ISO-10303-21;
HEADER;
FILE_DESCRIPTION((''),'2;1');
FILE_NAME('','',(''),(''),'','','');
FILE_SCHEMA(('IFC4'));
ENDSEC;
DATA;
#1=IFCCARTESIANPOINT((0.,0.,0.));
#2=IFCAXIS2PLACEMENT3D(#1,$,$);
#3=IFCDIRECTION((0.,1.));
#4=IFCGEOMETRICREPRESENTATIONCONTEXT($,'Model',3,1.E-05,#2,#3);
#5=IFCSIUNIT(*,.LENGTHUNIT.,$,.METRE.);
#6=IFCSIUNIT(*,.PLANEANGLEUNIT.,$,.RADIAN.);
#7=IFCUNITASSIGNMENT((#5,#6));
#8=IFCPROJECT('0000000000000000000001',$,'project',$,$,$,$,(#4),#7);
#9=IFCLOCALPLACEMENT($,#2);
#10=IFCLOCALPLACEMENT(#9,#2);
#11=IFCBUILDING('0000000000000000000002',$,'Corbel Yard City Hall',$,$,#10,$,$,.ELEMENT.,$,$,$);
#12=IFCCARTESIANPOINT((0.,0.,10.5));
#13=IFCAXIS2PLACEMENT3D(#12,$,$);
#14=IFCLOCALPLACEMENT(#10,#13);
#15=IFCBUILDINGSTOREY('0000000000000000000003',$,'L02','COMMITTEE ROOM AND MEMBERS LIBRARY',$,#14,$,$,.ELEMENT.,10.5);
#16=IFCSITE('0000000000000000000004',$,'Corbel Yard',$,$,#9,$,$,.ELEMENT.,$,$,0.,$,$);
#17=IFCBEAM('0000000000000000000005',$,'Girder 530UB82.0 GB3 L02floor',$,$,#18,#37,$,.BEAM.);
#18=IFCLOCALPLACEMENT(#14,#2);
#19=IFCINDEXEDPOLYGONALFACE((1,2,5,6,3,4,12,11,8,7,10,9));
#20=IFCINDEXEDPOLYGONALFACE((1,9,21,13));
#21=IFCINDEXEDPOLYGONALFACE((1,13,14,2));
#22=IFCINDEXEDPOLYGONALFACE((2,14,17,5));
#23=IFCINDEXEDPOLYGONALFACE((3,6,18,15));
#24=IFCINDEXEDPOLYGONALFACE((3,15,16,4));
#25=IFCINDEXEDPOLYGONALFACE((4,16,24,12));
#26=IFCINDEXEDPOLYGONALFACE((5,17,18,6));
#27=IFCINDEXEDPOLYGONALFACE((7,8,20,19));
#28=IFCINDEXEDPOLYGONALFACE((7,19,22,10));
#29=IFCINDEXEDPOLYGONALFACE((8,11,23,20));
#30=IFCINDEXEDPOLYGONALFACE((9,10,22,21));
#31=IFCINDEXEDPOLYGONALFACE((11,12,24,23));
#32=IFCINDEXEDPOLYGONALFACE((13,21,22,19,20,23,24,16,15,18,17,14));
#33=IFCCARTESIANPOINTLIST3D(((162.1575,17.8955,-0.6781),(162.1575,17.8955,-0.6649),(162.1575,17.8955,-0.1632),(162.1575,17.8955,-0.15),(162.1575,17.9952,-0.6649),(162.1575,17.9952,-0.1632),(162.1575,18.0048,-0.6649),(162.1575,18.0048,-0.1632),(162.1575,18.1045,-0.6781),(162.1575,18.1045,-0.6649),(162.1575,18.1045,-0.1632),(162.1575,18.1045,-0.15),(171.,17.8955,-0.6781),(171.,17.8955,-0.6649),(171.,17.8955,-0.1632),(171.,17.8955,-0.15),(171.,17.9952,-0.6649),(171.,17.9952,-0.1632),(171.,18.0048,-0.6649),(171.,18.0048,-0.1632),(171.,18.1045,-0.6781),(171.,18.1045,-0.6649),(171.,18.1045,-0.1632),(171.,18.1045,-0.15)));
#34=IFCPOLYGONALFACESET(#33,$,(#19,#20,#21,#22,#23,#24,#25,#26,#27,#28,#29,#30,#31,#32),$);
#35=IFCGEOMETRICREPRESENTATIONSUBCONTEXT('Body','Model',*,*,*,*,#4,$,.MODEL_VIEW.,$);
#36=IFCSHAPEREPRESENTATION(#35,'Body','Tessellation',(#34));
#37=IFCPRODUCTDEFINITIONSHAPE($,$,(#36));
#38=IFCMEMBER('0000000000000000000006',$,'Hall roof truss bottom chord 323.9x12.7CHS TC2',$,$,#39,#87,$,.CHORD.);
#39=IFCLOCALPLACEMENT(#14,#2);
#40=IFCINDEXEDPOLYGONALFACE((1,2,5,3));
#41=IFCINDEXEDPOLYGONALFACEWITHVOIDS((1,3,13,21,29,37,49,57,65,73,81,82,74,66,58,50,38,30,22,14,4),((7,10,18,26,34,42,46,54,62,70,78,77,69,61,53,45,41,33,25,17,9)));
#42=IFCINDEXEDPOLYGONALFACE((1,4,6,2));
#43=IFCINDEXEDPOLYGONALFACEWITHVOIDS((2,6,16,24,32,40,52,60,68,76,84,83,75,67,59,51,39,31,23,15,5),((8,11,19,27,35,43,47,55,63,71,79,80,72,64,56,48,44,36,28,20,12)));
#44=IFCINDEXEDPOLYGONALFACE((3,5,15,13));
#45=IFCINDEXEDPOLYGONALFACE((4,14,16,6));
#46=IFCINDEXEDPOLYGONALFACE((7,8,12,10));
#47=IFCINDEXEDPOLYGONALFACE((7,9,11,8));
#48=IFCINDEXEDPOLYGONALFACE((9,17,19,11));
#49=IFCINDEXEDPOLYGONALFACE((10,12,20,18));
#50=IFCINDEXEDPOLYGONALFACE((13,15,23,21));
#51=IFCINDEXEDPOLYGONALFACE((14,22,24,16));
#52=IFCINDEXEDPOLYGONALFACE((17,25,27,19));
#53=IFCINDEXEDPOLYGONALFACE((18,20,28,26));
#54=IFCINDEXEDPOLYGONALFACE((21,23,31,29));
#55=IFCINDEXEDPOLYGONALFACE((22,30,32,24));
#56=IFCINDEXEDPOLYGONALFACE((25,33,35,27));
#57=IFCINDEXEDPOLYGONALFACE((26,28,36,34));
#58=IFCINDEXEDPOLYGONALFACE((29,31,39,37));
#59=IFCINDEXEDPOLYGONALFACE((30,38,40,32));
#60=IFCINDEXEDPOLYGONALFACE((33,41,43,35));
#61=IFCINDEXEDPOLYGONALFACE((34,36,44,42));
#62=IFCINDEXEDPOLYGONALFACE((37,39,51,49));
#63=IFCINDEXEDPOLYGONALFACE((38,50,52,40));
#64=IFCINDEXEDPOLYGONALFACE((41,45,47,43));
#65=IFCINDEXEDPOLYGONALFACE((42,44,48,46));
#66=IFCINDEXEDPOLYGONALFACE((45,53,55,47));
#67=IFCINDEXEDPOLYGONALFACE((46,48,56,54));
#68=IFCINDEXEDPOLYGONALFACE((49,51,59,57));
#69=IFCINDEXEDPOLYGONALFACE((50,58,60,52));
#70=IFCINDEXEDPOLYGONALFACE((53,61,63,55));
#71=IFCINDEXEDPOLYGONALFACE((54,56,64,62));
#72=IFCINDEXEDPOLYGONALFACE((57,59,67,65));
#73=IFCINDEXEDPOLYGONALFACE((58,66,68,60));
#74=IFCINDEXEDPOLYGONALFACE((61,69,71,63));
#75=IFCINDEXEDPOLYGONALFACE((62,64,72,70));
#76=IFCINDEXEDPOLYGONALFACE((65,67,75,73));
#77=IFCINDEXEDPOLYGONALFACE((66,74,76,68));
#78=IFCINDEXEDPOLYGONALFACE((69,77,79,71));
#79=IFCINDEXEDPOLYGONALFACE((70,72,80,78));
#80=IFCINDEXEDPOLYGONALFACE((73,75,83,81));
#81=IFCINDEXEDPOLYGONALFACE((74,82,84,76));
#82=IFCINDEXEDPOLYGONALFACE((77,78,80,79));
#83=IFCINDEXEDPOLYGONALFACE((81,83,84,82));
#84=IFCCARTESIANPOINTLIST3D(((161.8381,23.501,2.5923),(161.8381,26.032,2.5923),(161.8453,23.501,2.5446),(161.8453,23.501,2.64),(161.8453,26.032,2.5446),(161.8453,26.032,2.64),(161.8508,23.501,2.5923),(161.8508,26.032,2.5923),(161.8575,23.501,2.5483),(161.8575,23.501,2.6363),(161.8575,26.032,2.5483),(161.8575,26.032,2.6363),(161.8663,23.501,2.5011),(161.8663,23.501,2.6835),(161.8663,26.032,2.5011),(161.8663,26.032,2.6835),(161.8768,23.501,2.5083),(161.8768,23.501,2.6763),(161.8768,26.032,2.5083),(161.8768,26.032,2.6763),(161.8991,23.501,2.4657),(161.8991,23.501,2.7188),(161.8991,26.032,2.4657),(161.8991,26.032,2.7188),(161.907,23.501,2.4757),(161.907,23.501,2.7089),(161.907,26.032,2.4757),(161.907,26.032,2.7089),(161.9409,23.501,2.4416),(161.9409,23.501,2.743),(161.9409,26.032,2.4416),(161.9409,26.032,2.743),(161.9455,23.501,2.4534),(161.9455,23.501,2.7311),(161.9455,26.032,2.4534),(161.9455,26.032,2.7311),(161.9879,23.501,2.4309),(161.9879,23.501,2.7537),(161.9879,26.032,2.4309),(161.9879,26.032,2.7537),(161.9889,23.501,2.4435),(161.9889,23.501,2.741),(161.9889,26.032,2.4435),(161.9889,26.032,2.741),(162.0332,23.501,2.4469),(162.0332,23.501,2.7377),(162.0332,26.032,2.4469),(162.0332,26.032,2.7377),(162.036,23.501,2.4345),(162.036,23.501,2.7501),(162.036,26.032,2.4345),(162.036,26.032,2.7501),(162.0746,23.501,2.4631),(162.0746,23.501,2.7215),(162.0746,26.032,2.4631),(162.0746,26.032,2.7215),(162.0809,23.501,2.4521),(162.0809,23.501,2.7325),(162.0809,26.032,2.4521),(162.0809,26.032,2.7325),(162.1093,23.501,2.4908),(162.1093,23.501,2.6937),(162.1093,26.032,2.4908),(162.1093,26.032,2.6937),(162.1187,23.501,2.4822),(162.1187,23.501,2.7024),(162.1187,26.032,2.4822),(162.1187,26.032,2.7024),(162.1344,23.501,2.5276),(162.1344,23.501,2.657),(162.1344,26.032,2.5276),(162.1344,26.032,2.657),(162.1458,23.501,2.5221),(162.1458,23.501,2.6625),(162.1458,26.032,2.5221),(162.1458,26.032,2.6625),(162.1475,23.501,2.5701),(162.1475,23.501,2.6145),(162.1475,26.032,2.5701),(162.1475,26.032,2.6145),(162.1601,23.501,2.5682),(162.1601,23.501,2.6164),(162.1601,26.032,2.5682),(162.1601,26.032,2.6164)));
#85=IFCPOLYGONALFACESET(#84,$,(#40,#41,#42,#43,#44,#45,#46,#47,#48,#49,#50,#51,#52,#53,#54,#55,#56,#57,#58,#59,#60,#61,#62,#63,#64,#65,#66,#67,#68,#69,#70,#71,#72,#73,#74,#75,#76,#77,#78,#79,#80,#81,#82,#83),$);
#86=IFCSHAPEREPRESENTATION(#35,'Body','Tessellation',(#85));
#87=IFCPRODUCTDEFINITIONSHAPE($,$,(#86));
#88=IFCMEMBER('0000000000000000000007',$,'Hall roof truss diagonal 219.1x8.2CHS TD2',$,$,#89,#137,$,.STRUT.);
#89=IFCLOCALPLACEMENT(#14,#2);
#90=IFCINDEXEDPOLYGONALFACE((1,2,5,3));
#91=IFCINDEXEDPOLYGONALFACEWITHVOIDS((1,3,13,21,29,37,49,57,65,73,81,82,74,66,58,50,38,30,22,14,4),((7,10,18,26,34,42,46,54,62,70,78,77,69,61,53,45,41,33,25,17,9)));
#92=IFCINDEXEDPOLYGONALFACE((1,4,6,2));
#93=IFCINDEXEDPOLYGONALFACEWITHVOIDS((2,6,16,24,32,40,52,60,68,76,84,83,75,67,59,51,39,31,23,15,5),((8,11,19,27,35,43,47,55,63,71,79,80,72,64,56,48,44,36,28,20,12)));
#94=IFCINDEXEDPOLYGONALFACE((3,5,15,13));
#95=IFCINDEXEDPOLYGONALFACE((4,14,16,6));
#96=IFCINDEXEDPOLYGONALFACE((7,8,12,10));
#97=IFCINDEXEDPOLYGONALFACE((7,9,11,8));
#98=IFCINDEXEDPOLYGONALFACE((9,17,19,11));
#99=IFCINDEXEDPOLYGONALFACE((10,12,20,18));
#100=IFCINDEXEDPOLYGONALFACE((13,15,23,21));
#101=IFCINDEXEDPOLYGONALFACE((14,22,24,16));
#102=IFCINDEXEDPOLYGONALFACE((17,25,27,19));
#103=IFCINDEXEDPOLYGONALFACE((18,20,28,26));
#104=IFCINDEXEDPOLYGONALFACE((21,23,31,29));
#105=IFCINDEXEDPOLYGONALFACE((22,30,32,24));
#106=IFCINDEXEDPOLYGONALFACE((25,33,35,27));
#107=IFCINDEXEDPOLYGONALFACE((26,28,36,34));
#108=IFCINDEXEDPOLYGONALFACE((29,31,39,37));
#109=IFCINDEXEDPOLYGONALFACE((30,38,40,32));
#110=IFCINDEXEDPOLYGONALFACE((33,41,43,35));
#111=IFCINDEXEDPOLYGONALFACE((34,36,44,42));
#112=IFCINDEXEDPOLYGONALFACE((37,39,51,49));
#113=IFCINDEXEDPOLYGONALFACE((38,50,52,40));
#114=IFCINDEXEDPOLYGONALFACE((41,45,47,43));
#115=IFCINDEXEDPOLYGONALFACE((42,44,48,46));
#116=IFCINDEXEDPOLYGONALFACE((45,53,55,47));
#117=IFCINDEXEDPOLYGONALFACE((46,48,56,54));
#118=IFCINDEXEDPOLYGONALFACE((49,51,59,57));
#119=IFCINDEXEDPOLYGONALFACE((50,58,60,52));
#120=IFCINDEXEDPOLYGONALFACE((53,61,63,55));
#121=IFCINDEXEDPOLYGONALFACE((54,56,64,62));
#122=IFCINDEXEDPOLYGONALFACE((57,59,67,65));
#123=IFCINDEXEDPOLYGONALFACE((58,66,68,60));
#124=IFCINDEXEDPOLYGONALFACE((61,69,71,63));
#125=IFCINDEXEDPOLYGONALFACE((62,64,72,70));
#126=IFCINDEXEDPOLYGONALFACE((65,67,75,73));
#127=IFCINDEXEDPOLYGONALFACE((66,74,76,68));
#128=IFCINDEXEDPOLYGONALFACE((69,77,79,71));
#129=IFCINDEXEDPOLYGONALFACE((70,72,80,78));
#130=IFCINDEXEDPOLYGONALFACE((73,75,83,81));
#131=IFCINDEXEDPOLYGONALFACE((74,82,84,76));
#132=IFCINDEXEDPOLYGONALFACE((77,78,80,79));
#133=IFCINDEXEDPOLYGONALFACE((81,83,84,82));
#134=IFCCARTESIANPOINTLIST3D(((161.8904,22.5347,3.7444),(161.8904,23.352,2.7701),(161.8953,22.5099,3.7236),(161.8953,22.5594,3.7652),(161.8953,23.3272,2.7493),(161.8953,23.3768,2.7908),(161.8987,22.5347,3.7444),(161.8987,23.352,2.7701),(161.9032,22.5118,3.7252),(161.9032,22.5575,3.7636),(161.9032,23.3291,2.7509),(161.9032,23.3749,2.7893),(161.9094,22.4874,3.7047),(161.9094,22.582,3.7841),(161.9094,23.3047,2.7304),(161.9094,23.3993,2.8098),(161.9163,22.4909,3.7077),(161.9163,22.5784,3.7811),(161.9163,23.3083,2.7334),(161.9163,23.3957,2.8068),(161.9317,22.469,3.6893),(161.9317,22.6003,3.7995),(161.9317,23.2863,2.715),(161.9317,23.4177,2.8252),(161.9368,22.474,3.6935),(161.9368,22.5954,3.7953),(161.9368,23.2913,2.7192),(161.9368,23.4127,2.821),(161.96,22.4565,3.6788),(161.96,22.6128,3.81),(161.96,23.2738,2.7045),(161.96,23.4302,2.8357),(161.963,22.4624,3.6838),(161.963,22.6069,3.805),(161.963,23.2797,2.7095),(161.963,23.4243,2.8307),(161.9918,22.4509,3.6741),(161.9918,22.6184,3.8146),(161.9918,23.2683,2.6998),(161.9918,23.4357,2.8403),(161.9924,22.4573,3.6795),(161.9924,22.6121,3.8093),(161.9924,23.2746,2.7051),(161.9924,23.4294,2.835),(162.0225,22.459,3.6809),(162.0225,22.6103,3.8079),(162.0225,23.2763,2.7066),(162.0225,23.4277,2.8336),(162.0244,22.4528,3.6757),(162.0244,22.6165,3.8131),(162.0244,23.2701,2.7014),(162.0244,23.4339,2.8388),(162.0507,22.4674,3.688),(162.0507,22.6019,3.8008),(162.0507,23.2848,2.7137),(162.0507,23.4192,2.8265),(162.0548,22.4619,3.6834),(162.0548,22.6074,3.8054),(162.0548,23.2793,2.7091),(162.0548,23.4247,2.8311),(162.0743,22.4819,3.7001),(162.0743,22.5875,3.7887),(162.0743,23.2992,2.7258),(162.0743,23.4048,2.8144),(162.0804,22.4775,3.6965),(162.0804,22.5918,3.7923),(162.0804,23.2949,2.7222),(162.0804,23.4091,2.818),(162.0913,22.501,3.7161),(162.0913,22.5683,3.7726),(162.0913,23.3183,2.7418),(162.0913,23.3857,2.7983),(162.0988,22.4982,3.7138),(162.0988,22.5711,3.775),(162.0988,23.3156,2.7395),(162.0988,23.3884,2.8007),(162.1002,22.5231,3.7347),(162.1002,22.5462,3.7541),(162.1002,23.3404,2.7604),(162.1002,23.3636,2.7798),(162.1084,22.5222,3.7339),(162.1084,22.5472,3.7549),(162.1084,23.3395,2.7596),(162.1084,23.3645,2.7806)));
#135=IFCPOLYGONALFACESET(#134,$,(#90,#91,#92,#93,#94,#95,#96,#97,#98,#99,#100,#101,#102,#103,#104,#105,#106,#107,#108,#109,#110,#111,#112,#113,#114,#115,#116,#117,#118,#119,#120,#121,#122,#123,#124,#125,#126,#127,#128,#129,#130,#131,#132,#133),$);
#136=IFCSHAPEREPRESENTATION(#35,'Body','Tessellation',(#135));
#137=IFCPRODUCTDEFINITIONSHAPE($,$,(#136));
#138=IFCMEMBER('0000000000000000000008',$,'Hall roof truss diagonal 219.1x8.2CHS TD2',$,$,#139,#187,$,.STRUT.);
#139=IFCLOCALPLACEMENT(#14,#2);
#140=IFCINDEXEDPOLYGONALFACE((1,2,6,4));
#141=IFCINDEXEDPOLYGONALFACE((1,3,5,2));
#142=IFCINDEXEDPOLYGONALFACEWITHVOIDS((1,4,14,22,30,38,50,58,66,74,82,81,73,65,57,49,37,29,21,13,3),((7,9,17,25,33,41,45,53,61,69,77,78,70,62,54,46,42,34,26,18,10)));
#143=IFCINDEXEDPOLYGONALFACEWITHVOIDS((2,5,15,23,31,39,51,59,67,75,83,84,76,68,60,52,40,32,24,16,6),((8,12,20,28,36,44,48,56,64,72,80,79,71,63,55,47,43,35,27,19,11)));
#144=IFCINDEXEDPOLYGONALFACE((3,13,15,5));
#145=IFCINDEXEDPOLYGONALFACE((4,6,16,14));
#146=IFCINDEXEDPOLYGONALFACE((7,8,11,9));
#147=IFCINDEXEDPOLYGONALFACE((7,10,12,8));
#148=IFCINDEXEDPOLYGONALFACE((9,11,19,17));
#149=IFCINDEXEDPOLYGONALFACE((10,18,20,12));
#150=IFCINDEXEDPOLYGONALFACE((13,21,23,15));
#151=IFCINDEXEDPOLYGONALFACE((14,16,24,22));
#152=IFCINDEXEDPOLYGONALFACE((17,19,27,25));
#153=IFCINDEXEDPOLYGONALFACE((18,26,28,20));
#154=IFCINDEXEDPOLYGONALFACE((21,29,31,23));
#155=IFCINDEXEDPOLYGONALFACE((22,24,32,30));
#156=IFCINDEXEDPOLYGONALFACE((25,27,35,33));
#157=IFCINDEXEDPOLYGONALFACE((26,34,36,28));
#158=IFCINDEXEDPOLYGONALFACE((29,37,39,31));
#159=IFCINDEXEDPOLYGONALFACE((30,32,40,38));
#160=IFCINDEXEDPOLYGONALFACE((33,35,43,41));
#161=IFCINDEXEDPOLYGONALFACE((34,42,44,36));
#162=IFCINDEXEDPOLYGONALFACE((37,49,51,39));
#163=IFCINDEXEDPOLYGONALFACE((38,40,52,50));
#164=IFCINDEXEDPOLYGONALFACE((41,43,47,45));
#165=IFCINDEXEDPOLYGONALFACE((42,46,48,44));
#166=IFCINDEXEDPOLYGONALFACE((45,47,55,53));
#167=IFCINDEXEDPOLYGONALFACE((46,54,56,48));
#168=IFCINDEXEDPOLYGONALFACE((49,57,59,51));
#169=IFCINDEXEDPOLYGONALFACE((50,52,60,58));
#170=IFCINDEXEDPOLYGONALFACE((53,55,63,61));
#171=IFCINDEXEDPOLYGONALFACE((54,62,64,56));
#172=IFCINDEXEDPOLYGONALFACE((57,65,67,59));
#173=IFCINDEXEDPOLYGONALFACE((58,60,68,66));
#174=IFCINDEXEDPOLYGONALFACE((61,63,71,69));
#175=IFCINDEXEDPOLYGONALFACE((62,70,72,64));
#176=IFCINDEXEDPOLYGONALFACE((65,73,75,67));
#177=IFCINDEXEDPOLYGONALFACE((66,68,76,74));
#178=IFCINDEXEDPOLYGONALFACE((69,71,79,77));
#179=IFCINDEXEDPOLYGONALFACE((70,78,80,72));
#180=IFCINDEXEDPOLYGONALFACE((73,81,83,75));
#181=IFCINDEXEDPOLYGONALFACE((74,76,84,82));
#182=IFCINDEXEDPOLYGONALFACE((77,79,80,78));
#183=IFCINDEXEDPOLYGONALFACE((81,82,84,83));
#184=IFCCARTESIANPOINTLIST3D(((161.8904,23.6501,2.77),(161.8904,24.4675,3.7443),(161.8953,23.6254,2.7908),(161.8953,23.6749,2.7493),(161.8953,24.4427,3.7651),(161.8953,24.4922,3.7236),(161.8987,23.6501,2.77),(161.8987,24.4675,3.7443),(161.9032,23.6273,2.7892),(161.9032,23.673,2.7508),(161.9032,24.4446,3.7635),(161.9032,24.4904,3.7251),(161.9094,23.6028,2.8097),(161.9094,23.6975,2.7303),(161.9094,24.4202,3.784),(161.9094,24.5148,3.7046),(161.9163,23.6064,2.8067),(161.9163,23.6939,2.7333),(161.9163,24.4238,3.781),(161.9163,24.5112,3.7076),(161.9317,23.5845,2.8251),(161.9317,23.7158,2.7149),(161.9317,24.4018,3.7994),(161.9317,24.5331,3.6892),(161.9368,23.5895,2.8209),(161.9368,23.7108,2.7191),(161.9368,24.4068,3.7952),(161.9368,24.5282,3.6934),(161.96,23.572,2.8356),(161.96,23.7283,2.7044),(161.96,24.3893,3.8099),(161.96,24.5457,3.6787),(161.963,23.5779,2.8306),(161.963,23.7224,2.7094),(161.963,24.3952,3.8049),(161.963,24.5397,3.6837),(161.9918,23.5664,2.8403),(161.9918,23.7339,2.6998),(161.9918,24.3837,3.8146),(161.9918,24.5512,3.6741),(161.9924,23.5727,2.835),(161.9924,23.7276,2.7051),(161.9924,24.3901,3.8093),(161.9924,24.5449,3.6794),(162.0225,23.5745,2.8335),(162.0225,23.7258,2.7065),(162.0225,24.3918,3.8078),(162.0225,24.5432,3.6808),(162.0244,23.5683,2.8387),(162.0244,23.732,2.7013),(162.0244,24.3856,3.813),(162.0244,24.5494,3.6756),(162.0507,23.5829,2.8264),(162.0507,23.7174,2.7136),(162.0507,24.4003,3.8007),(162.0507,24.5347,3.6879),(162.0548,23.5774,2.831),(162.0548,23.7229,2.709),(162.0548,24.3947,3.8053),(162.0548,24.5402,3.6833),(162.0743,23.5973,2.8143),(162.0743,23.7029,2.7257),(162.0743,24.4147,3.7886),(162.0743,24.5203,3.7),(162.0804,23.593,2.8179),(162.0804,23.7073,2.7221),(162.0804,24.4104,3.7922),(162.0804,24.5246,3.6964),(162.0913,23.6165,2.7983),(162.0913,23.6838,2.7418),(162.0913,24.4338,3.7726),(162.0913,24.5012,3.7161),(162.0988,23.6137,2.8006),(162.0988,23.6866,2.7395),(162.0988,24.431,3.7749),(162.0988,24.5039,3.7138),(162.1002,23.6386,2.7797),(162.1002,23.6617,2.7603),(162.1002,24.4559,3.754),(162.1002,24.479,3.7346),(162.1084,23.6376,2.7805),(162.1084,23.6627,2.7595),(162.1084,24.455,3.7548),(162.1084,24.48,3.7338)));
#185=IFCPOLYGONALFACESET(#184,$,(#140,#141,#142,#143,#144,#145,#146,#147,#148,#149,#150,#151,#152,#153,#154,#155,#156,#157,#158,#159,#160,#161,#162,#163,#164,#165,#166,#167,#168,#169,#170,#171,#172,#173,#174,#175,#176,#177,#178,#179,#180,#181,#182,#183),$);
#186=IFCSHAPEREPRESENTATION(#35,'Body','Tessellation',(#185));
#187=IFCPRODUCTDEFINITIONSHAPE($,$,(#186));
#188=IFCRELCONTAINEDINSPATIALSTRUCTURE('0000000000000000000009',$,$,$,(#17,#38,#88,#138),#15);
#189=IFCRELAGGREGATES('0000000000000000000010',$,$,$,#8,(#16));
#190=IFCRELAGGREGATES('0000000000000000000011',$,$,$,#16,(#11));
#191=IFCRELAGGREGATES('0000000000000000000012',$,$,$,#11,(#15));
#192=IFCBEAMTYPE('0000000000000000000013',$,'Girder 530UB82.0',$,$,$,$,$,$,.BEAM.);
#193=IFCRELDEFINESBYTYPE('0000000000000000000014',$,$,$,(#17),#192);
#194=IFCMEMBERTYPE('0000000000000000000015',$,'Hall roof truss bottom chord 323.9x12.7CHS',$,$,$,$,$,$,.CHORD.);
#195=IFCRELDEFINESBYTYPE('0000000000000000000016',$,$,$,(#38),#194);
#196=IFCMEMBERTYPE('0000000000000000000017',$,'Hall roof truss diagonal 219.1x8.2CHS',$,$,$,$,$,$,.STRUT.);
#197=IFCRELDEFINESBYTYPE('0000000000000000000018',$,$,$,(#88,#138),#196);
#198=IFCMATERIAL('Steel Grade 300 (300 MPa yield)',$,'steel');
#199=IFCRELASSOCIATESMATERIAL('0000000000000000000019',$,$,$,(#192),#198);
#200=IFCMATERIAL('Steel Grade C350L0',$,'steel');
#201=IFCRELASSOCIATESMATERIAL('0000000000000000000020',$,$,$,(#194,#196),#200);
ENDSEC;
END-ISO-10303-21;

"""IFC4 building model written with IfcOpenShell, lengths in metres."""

from ifc_helpers import new_model, si_unit, direction, frame, origin, origin_2d, place, context, subcontext, project, spatial, hollow_circle, i_section, extrude, material, material_profile, profile_set, type_object, element, save


model = new_model("IFC4")

# Units and contexts
model_context = context("Model", 3, precision=1e-05, world=origin(), true_north=direction((0.0, 1.0)))
body_context = subcontext(model_context, "Body", "Model", "MODEL_VIEW")
ifc_project = project(units=[si_unit("LENGTHUNIT", "METRE"), si_unit("PLANEANGLEUNIT", "RADIAN")], contexts=[model_context])

# Site, building, storey
site_placement = place(None, origin())
site = spatial("IfcSite", under=ifc_project, at=site_placement, Name="Corbel Yard", CompositionType="ELEMENT", RefElevation=0.0)
building_placement = place(site_placement, origin())
building = spatial("IfcBuilding", under=site, at=building_placement, Name="Corbel Yard City Hall", CompositionType="ELEMENT")
storey_placement = place(building_placement, frame((0.0, 0.0, 10.5)))
storey = spatial("IfcBuildingStorey", under=building, at=storey_placement, Name="L02", Description="COMMITTEE ROOM AND MEMBERS LIBRARY", CompositionType="ELEMENT", Elevation=10.5)

# Beam
ifc_material_1 = material(Name="Steel Grade 300 (300 MPa yield)", Category="steel")
ifc_material_profile_1 = material_profile(ifc_material_1, i_section(OverallWidth=0.209, OverallDepth=0.5281, WebThickness=0.0095, FlangeThickness=0.0132, at=origin_2d()), Name="530UB82.0")
ifc_profile_set_1 = profile_set([ifc_material_profile_1], Name="Steel Grade 300 (300 MPa yield)")
beam_type_1 = type_object("IfcBeamType", Name="Girder 530UB82.0", PredefinedType="BEAM", material=ifc_profile_set_1)
beam_1_placement = place(storey_placement, frame((162.1575, 18.0, -0.4141), z_axis=(1.0, 0.0, 0.0), x_axis=(0.0, 1.0, 0.0)))
element("IfcBeam", 1, at=beam_1_placement, inside=storey, type_object=beam_type_1, Name="Girder 530UB82.0 GB3 L02floor", PredefinedType="BEAM", context=body_context, shape_type="SweptSolid", body=[
    extrude(i_section(OverallWidth=0.209, OverallDepth=0.5281, WebThickness=0.0095, FlangeThickness=0.0132, at=origin_2d()), origin(), (0.0, 0.0, 1.0), 8.8425),
])

# Members
ifc_material_2 = material(Name="Steel Grade C350L0", Category="steel")
ifc_material_profile_2 = material_profile(ifc_material_2, hollow_circle(Radius=0.1619, WallThickness=0.0127, at=origin_2d()), Name="323.9x12.7CHS")
ifc_profile_set_2 = profile_set([ifc_material_profile_2], Name="Steel Grade C350L0")
member_type_1 = type_object("IfcMemberType", Name="Hall roof truss bottom chord 323.9x12.7CHS", PredefinedType="CHORD", material=ifc_profile_set_2)
member_1_placement = place(storey_placement, frame((162.0, 23.501, 2.5923), z_axis=(0.0, 1.0, 0.0), x_axis=(-1.0, 0.0, 0.0)))
element("IfcMember", 2, at=member_1_placement, inside=storey, type_object=member_type_1, Name="Hall roof truss bottom chord 323.9x12.7CHS TC2", PredefinedType="CHORD", context=body_context, shape_type="SweptSolid", body=[
    extrude(hollow_circle(Radius=0.1619, WallThickness=0.0127, at=origin_2d()), origin(), (0.0, 0.0, 1.0), 2.531),
])
ifc_material_profile_3 = material_profile(ifc_material_2, hollow_circle(Radius=0.1096, WallThickness=0.0083, at=origin_2d()), Name="219.1x8.2CHS")
ifc_profile_set_3 = profile_set([ifc_material_profile_3], Name="Steel Grade C350L0")
member_type_2 = type_object("IfcMemberType", Name="Hall roof truss diagonal 219.1x8.2CHS", PredefinedType="STRUT", material=ifc_profile_set_3)
for number, where, z_axis, x_axis, name in (
    (3, (162.0, 22.5347, 3.7444), (0.0, 0.642692, -0.766124), (-1.0, 0.0, 0.0), "Hall roof truss diagonal 219.1x8.2CHS TD2"),
    (4, (162.0, 23.6501, 2.77), (0.0, 0.642692, 0.766124), (-1.0, 0.0, 0.0), "Hall roof truss diagonal 219.1x8.2CHS TD2"),
):
    element("IfcMember", number, at=place(storey_placement, frame(where, z_axis=z_axis, x_axis=x_axis)), inside=storey, type_object=member_type_2, Name=name, PredefinedType="STRUT", context=body_context, shape_type="SweptSolid", body=[
        extrude(hollow_circle(Radius=0.1096, WallThickness=0.0083, at=origin_2d()), origin(), (0.0, 0.0, 1.0), 1.2717),
    ])

save(model, "model.ifc")
